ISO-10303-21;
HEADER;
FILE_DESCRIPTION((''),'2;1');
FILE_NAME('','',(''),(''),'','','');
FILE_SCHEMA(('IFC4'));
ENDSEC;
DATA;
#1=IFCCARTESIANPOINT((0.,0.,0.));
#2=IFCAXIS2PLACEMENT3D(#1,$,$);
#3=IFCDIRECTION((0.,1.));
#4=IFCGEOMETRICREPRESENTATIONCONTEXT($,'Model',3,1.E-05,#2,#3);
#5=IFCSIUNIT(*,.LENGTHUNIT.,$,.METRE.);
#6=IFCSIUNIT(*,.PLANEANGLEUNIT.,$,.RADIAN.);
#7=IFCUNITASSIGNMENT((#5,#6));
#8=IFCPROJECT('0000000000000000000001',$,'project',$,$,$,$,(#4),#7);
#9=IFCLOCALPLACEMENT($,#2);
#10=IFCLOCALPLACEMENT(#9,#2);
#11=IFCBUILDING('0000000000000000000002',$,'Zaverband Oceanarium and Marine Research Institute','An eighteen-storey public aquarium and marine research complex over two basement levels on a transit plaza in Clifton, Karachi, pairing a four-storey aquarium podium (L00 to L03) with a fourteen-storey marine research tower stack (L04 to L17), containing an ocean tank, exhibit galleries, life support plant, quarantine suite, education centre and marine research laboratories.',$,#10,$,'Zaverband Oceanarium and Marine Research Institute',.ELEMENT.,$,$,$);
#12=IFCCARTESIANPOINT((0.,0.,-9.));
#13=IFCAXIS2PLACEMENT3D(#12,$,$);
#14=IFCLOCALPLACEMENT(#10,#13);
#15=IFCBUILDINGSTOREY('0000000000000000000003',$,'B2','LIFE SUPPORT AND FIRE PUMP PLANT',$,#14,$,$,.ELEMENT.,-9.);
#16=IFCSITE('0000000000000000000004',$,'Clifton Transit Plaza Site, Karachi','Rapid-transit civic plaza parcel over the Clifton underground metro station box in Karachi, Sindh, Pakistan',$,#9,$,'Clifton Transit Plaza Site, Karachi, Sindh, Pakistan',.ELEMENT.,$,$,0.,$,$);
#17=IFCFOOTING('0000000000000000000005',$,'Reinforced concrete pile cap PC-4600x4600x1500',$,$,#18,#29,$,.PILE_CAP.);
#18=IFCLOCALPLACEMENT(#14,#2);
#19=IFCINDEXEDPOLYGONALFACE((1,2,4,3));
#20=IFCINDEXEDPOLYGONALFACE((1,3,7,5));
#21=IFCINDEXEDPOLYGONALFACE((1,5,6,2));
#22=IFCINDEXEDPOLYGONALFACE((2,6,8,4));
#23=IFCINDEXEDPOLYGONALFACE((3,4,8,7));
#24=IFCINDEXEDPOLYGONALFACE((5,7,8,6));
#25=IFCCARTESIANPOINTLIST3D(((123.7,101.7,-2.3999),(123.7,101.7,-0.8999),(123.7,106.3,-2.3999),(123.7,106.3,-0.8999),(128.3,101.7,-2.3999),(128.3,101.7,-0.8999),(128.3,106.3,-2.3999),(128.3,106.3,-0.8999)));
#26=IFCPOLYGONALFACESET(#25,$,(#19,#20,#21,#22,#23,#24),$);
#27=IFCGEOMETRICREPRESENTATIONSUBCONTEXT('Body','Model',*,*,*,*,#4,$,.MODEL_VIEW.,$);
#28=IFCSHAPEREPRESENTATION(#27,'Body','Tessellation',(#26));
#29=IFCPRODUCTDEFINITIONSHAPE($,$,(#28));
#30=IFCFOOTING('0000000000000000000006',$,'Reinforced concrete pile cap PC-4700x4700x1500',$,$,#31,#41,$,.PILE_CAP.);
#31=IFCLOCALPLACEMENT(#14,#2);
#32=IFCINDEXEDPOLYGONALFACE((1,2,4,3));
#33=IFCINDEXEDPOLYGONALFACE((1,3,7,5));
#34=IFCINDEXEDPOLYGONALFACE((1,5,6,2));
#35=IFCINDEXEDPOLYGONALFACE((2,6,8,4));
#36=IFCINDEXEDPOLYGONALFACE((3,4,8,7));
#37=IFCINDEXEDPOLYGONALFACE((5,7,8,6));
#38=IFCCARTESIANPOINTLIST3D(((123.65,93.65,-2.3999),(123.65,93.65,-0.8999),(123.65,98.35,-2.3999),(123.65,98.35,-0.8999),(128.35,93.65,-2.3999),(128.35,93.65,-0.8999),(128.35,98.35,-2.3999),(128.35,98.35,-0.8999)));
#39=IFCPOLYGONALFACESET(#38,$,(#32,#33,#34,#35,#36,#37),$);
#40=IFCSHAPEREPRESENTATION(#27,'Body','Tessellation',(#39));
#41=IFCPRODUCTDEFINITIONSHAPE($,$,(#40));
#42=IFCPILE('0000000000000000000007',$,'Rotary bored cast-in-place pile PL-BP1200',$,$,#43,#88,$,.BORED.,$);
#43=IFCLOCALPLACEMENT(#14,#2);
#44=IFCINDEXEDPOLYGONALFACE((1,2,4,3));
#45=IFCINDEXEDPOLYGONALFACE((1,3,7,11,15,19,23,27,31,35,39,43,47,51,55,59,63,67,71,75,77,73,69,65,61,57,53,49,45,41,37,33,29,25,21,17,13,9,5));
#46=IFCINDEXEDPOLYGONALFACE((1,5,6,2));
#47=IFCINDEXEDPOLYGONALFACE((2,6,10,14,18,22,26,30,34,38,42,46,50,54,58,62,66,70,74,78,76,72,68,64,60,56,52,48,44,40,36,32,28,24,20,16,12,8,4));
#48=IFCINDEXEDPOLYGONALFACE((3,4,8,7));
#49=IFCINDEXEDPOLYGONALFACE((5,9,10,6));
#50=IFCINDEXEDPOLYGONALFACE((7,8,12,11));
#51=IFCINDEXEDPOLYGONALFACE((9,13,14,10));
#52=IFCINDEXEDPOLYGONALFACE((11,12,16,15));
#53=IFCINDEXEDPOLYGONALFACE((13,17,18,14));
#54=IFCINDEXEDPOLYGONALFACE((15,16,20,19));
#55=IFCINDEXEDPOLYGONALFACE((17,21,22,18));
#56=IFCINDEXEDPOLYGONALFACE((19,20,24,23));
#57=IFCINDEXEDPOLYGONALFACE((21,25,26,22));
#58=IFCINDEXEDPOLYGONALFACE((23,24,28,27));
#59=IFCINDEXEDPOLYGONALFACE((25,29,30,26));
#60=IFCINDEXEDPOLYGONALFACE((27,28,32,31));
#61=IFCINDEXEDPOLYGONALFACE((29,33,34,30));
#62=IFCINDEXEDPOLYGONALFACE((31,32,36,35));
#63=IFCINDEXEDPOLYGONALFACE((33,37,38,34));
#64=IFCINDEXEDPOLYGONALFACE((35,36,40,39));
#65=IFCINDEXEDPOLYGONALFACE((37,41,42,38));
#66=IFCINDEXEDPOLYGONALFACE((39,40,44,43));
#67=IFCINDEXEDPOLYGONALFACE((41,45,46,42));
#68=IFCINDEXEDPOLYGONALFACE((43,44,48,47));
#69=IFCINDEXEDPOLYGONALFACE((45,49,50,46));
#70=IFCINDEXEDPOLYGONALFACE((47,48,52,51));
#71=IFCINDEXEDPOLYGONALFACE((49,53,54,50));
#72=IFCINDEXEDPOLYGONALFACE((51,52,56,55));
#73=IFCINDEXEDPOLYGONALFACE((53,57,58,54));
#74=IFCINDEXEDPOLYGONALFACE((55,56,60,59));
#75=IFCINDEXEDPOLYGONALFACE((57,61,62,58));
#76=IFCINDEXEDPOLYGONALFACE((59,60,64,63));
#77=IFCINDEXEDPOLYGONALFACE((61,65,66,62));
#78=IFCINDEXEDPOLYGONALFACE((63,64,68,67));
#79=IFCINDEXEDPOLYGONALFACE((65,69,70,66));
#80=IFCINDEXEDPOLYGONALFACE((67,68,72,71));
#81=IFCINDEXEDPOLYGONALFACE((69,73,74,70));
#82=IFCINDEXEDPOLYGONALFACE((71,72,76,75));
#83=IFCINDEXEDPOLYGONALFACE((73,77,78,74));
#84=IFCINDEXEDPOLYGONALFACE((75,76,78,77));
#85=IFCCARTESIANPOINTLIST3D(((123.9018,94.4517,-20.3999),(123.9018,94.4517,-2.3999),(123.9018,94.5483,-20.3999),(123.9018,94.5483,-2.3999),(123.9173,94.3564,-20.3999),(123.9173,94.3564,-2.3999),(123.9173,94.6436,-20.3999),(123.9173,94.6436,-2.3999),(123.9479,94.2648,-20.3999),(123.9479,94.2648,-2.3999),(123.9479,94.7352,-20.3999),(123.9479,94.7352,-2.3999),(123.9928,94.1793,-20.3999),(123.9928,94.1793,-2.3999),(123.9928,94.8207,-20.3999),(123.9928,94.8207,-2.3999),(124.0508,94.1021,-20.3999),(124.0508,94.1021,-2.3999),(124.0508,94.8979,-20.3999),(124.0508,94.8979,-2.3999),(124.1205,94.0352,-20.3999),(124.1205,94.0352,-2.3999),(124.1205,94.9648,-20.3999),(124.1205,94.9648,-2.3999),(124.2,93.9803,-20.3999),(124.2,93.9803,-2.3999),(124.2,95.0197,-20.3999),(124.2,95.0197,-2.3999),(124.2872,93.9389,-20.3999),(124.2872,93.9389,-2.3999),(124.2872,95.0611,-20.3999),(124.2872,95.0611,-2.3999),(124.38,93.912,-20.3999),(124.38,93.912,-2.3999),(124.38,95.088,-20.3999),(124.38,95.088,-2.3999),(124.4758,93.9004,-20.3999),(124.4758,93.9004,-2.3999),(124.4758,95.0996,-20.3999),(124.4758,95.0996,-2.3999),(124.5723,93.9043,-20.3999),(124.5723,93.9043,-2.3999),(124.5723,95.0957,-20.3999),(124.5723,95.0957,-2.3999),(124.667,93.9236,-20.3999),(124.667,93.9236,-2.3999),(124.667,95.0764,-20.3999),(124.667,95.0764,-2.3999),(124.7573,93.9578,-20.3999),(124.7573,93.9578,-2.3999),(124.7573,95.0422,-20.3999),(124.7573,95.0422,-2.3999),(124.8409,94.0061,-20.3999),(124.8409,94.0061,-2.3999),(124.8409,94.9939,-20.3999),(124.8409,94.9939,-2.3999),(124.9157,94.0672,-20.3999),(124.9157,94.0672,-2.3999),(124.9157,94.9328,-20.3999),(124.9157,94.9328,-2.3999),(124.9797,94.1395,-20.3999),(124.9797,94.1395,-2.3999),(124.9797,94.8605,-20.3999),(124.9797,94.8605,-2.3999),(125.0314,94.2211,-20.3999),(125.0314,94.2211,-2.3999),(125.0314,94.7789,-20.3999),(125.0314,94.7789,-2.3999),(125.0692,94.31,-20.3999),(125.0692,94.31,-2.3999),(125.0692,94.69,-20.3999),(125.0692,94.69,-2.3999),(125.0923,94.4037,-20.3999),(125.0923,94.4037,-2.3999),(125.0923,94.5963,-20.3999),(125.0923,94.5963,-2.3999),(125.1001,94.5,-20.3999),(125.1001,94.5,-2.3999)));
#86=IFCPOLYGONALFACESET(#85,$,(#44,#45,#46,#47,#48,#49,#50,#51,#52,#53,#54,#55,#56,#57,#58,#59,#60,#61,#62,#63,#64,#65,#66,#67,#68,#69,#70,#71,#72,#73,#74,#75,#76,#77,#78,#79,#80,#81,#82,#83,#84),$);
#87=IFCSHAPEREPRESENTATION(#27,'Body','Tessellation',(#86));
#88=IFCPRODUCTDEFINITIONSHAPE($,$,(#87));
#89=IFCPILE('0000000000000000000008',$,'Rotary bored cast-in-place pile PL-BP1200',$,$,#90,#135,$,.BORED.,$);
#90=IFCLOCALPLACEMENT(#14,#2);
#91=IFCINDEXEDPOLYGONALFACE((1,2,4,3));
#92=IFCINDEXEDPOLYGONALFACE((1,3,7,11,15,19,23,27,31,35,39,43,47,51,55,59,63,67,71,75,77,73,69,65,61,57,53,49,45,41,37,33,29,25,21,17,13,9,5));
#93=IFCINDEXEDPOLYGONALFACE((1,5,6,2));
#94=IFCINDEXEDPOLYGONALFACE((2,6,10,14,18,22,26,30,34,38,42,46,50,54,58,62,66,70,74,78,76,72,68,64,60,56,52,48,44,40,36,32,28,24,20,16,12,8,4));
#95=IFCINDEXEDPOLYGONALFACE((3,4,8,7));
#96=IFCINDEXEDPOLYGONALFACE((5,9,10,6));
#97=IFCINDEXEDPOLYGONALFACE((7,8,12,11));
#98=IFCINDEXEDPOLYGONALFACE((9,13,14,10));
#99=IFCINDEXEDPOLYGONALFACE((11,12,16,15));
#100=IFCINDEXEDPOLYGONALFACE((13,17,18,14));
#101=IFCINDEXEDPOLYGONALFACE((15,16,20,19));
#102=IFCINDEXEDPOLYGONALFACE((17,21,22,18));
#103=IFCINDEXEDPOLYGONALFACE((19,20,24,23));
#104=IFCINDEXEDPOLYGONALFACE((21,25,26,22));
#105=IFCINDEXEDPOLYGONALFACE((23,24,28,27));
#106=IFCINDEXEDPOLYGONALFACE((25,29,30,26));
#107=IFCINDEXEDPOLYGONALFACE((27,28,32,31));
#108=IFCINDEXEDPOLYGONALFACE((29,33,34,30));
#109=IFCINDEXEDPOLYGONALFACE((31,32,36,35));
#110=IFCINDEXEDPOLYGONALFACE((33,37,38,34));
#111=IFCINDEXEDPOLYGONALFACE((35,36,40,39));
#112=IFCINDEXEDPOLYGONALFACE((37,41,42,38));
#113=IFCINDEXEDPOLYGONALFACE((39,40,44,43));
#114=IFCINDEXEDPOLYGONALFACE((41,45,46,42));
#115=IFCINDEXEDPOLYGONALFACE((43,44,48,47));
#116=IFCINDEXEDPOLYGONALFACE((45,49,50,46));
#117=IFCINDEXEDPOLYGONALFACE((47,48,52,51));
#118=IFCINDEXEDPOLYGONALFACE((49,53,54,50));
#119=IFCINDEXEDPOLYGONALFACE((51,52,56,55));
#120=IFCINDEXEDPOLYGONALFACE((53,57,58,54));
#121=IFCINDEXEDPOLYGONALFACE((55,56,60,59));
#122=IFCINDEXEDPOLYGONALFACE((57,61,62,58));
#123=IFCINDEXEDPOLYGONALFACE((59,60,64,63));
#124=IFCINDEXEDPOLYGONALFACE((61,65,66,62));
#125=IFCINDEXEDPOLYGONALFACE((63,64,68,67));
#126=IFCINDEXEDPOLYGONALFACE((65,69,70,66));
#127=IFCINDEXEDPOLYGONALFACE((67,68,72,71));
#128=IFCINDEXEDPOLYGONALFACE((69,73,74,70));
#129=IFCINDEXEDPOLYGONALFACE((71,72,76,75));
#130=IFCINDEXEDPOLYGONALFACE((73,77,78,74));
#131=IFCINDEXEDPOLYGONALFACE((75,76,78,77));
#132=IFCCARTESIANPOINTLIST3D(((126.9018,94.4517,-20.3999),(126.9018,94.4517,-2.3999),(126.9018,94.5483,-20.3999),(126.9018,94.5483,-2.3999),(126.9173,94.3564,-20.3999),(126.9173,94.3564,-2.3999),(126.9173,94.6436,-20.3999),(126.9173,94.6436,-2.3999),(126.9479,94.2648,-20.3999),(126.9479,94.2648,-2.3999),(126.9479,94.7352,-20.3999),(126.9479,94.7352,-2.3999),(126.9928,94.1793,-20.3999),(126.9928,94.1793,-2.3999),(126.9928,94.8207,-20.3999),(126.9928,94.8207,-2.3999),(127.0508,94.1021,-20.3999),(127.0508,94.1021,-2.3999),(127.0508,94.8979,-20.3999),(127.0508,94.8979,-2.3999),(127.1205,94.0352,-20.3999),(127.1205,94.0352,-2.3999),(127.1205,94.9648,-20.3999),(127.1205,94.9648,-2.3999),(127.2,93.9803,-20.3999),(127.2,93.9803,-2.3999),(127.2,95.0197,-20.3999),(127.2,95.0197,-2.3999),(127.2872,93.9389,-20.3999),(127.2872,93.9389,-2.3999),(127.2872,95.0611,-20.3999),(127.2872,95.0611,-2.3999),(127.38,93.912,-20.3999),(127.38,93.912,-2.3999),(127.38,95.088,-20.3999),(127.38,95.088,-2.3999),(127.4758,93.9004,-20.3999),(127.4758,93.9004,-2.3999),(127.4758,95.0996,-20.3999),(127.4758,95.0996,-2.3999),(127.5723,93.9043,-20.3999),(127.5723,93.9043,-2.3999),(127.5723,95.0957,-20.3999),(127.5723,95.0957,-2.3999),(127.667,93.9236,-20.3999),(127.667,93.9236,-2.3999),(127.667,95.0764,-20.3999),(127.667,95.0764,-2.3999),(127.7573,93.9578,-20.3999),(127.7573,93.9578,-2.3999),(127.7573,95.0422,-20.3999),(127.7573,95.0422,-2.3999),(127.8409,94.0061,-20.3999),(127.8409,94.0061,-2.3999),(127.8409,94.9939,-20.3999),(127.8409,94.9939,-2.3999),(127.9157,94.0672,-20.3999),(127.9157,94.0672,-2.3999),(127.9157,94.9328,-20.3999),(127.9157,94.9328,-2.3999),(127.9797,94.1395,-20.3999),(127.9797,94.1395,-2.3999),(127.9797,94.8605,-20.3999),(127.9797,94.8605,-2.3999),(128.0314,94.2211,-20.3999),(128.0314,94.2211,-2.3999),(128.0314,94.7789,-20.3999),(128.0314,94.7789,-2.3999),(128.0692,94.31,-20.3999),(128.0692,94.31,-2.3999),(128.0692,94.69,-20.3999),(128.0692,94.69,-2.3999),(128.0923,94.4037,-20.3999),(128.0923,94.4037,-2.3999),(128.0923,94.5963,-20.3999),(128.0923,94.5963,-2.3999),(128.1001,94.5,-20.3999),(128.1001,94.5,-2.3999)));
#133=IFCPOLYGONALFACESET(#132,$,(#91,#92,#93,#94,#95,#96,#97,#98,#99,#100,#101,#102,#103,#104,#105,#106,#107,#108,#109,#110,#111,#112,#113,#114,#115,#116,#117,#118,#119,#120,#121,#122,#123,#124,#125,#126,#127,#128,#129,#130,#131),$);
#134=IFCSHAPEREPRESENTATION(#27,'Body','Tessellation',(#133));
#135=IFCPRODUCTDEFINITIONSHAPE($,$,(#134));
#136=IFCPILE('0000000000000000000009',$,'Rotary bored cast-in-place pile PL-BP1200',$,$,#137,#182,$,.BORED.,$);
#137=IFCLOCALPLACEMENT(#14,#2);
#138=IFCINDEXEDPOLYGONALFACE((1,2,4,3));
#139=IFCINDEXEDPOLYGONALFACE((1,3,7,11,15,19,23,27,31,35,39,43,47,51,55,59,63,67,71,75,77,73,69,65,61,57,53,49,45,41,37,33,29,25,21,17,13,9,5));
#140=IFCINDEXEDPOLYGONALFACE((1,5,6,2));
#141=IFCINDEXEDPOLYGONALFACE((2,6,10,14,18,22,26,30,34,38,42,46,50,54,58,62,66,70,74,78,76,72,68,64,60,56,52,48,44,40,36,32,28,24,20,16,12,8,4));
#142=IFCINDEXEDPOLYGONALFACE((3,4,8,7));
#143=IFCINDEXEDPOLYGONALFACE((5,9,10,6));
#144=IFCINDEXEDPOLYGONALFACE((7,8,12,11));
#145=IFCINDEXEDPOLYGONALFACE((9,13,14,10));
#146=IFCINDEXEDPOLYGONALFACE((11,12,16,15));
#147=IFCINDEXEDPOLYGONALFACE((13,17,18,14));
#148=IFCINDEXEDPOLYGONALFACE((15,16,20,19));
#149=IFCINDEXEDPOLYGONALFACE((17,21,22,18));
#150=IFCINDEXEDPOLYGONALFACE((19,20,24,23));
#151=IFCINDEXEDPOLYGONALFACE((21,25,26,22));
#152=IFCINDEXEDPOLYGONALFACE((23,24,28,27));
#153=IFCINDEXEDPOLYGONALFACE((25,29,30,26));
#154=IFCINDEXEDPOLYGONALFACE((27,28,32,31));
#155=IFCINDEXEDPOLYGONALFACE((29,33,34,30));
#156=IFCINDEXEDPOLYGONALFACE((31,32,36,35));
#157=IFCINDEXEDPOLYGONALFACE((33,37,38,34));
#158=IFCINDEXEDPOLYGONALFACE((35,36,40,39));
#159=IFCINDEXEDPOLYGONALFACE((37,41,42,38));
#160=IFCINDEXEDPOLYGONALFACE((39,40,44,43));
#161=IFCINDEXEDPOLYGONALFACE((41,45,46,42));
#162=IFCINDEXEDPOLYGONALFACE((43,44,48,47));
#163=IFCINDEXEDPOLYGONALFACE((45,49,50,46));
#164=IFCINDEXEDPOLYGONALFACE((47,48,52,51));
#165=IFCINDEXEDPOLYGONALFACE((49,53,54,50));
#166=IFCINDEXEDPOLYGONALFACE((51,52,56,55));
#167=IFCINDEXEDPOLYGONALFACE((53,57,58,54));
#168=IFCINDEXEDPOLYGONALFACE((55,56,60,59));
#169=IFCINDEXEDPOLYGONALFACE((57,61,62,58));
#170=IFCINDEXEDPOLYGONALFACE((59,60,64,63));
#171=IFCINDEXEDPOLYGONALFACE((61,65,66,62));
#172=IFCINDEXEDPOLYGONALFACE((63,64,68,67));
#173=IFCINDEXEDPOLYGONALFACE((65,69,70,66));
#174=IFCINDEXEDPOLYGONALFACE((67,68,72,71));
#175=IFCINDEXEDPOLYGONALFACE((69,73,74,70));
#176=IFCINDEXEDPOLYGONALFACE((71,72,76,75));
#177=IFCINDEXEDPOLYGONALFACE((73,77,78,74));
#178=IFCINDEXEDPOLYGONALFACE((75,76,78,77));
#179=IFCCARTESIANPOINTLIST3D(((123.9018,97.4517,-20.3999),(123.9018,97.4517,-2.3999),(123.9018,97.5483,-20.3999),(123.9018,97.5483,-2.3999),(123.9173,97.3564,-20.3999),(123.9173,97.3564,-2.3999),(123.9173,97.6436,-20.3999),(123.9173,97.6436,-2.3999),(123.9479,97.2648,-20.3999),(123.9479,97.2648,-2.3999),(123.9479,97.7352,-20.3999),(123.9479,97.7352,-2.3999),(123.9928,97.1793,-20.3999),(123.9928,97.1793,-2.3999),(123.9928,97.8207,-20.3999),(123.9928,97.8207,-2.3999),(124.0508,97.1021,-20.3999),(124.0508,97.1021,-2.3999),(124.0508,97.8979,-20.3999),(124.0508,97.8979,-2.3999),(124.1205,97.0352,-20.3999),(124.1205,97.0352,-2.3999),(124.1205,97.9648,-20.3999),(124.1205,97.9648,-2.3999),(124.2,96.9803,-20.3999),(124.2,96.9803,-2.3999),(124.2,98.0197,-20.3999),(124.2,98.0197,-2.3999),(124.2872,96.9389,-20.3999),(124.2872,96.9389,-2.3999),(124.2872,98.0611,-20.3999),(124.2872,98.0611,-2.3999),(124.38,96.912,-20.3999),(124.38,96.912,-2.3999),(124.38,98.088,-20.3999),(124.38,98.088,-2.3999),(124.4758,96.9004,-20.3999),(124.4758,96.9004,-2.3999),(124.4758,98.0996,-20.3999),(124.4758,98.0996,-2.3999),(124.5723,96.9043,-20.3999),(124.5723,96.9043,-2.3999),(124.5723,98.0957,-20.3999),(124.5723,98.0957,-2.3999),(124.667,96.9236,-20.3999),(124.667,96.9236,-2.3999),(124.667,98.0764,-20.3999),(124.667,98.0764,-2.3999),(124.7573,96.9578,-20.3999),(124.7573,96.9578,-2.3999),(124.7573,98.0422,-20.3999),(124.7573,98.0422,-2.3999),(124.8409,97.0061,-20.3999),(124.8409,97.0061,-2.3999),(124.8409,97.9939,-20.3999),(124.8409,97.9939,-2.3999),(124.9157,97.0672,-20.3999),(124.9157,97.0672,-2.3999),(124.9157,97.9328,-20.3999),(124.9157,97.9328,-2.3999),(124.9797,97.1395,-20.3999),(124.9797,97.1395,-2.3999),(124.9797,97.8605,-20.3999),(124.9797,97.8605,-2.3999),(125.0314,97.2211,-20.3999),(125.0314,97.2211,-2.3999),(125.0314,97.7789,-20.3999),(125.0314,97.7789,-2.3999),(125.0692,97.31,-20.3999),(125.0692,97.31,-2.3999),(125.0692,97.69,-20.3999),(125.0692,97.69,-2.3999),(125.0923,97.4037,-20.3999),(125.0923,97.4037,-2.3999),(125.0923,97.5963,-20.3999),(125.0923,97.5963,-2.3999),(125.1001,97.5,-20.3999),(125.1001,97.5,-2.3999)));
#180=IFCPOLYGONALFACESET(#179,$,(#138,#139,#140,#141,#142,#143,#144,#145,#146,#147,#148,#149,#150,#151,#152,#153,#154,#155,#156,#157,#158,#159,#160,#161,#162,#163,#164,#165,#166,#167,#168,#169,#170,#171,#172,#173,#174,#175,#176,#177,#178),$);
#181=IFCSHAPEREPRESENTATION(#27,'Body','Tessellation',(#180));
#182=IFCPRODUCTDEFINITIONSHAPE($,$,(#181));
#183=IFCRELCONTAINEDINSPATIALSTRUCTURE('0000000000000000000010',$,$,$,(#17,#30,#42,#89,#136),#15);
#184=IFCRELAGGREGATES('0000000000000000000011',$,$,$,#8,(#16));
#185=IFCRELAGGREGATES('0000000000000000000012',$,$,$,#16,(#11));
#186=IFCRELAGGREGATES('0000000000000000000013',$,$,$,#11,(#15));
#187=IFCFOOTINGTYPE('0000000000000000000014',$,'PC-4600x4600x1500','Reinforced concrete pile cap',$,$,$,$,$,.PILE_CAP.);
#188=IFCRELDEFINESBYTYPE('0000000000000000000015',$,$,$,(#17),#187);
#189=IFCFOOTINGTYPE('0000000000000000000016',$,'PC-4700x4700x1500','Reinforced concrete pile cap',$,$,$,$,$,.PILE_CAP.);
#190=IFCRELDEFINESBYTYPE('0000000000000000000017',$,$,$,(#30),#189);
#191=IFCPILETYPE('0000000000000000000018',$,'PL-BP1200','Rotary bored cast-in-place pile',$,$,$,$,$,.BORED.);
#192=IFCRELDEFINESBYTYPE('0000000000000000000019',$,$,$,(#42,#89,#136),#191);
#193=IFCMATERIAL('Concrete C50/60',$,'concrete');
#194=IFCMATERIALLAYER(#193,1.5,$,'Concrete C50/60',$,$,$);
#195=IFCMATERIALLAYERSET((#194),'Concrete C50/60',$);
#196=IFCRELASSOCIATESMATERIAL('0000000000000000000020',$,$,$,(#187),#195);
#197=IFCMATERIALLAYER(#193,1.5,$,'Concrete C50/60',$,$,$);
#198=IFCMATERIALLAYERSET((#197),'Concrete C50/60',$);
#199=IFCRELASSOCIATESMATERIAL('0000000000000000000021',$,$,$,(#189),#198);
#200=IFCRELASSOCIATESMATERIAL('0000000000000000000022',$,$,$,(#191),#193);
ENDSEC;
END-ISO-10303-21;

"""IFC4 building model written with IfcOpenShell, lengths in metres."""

from ifc_helpers import new_model, si_unit, direction, frame, origin, origin_2d, place, context, subcontext, project, spatial, rectangle, circle, extrude, material, layer, layer_set, material_profile, profile_set, type_object, element, save


model = new_model("IFC4")

# Units and contexts
model_context = context("Model", 3, precision=1e-05, world=origin(), true_north=direction((0.0, 1.0)))
body_context = subcontext(model_context, "Body", "Model", "MODEL_VIEW")
ifc_project = project(units=[si_unit("LENGTHUNIT", "METRE"), si_unit("PLANEANGLEUNIT", "RADIAN")], contexts=[model_context])

# Site, building, storey
site_placement = place(None, origin())
site = spatial("IfcSite", under=ifc_project, at=site_placement, Name="Clifton Transit Plaza Site, Karachi", Description="Rapid-transit civic plaza parcel over the Clifton underground metro station box in Karachi, Sindh, Pakistan", LongName="Clifton Transit Plaza Site, Karachi, Sindh, Pakistan", CompositionType="ELEMENT", RefElevation=0.0)
building_placement = place(site_placement, origin())
building = spatial("IfcBuilding", under=site, at=building_placement, Name="Zaverband Oceanarium and Marine Research Institute", Description="An eighteen-storey public aquarium and marine research complex over two basement levels on a transit plaza in Clifton, Karachi, pairing a four-storey aquarium podium (L00 to L03) with a fourteen-storey marine research tower stack (L04 to L17), containing an ocean tank, exhibit galleries, life support plant, quarantine suite, education centre and marine research laboratories.", LongName="Zaverband Oceanarium and Marine Research Institute", CompositionType="ELEMENT")
storey_placement = place(building_placement, frame((0.0, 0.0, -9.0)))
storey = spatial("IfcBuildingStorey", under=building, at=storey_placement, Name="B2", Description="LIFE SUPPORT AND FIRE PUMP PLANT", CompositionType="ELEMENT", Elevation=-9.0)

# Footings
ifc_material_1 = material(Name="Concrete C50/60", Category="concrete")
ifc_layer_1 = layer(ifc_material_1, 1.5, Name="Concrete C50/60")
ifc_layer_set_1 = layer_set([ifc_layer_1], Name="Concrete C50/60")
footing_type_1 = type_object("IfcFootingType", Name="PC-4600x4600x1500", Description="Reinforced concrete pile cap", PredefinedType="PILE_CAP", material=ifc_layer_set_1)
footing_1_placement = place(storey_placement, frame((126.0, 104.0, -2.3999), z_axis=(0.0, 0.0, 1.0), x_axis=(1.0, 0.0, 0.0)))
element("IfcFooting", 1, at=footing_1_placement, inside=storey, type_object=footing_type_1, Name="Reinforced concrete pile cap PC-4600x4600x1500", PredefinedType="PILE_CAP", context=body_context, shape_type="SweptSolid", body=[
    extrude(rectangle(XDim=4.6001, YDim=4.6001, at=origin_2d()), origin(), (0.0, 0.0, 1.0), 1.5),
])
ifc_layer_2 = layer(ifc_material_1, 1.5, Name="Concrete C50/60")
ifc_layer_set_2 = layer_set([ifc_layer_2], Name="Concrete C50/60")
footing_type_2 = type_object("IfcFootingType", Name="PC-4700x4700x1500", Description="Reinforced concrete pile cap", PredefinedType="PILE_CAP", material=ifc_layer_set_2)
footing_2_placement = place(storey_placement, frame((126.0, 96.0, -2.3999), z_axis=(0.0, 0.0, 1.0), x_axis=(1.0, 0.0, 0.0)))
element("IfcFooting", 2, at=footing_2_placement, inside=storey, type_object=footing_type_2, Name="Reinforced concrete pile cap PC-4700x4700x1500", PredefinedType="PILE_CAP", context=body_context, shape_type="SweptSolid", body=[
    extrude(rectangle(XDim=4.7, YDim=4.7, at=origin_2d()), origin(), (0.0, 0.0, 1.0), 1.5),
])

# Piles
ifc_material_profile_1 = material_profile(ifc_material_1, circle(Radius=0.6001, at=origin_2d()), Name="BP1200")
ifc_profile_set_1 = profile_set([ifc_material_profile_1], Name="Concrete C50/60")
pile_type = type_object("IfcPileType", Name="PL-BP1200", Description="Rotary bored cast-in-place pile", PredefinedType="BORED", material=ifc_profile_set_1)
for number, where, z_axis, x_axis, name in (
    (3, (124.5, 94.5, -2.3999), (0.0, 0.0, -1.0), (1.0, 0.0, 0.0), "Rotary bored cast-in-place pile PL-BP1200"),
    (4, (127.5, 94.5, -2.3999), (0.0, 0.0, -1.0), (1.0, 0.0, 0.0), "Rotary bored cast-in-place pile PL-BP1200"),
    (5, (124.5, 97.5, -2.3999), (0.0, 0.0, -1.0), (1.0, 0.0, 0.0), "Rotary bored cast-in-place pile PL-BP1200"),
):
    element("IfcPile", number, at=place(storey_placement, frame(where, z_axis=z_axis, x_axis=x_axis)), inside=storey, type_object=pile_type, Name=name, PredefinedType="BORED", context=body_context, shape_type="SweptSolid", body=[
        extrude(circle(Radius=0.6001, at=origin_2d()), origin(), (0.0, 0.0, 1.0), 18.0),
    ])

save(model, "model.ifc")
